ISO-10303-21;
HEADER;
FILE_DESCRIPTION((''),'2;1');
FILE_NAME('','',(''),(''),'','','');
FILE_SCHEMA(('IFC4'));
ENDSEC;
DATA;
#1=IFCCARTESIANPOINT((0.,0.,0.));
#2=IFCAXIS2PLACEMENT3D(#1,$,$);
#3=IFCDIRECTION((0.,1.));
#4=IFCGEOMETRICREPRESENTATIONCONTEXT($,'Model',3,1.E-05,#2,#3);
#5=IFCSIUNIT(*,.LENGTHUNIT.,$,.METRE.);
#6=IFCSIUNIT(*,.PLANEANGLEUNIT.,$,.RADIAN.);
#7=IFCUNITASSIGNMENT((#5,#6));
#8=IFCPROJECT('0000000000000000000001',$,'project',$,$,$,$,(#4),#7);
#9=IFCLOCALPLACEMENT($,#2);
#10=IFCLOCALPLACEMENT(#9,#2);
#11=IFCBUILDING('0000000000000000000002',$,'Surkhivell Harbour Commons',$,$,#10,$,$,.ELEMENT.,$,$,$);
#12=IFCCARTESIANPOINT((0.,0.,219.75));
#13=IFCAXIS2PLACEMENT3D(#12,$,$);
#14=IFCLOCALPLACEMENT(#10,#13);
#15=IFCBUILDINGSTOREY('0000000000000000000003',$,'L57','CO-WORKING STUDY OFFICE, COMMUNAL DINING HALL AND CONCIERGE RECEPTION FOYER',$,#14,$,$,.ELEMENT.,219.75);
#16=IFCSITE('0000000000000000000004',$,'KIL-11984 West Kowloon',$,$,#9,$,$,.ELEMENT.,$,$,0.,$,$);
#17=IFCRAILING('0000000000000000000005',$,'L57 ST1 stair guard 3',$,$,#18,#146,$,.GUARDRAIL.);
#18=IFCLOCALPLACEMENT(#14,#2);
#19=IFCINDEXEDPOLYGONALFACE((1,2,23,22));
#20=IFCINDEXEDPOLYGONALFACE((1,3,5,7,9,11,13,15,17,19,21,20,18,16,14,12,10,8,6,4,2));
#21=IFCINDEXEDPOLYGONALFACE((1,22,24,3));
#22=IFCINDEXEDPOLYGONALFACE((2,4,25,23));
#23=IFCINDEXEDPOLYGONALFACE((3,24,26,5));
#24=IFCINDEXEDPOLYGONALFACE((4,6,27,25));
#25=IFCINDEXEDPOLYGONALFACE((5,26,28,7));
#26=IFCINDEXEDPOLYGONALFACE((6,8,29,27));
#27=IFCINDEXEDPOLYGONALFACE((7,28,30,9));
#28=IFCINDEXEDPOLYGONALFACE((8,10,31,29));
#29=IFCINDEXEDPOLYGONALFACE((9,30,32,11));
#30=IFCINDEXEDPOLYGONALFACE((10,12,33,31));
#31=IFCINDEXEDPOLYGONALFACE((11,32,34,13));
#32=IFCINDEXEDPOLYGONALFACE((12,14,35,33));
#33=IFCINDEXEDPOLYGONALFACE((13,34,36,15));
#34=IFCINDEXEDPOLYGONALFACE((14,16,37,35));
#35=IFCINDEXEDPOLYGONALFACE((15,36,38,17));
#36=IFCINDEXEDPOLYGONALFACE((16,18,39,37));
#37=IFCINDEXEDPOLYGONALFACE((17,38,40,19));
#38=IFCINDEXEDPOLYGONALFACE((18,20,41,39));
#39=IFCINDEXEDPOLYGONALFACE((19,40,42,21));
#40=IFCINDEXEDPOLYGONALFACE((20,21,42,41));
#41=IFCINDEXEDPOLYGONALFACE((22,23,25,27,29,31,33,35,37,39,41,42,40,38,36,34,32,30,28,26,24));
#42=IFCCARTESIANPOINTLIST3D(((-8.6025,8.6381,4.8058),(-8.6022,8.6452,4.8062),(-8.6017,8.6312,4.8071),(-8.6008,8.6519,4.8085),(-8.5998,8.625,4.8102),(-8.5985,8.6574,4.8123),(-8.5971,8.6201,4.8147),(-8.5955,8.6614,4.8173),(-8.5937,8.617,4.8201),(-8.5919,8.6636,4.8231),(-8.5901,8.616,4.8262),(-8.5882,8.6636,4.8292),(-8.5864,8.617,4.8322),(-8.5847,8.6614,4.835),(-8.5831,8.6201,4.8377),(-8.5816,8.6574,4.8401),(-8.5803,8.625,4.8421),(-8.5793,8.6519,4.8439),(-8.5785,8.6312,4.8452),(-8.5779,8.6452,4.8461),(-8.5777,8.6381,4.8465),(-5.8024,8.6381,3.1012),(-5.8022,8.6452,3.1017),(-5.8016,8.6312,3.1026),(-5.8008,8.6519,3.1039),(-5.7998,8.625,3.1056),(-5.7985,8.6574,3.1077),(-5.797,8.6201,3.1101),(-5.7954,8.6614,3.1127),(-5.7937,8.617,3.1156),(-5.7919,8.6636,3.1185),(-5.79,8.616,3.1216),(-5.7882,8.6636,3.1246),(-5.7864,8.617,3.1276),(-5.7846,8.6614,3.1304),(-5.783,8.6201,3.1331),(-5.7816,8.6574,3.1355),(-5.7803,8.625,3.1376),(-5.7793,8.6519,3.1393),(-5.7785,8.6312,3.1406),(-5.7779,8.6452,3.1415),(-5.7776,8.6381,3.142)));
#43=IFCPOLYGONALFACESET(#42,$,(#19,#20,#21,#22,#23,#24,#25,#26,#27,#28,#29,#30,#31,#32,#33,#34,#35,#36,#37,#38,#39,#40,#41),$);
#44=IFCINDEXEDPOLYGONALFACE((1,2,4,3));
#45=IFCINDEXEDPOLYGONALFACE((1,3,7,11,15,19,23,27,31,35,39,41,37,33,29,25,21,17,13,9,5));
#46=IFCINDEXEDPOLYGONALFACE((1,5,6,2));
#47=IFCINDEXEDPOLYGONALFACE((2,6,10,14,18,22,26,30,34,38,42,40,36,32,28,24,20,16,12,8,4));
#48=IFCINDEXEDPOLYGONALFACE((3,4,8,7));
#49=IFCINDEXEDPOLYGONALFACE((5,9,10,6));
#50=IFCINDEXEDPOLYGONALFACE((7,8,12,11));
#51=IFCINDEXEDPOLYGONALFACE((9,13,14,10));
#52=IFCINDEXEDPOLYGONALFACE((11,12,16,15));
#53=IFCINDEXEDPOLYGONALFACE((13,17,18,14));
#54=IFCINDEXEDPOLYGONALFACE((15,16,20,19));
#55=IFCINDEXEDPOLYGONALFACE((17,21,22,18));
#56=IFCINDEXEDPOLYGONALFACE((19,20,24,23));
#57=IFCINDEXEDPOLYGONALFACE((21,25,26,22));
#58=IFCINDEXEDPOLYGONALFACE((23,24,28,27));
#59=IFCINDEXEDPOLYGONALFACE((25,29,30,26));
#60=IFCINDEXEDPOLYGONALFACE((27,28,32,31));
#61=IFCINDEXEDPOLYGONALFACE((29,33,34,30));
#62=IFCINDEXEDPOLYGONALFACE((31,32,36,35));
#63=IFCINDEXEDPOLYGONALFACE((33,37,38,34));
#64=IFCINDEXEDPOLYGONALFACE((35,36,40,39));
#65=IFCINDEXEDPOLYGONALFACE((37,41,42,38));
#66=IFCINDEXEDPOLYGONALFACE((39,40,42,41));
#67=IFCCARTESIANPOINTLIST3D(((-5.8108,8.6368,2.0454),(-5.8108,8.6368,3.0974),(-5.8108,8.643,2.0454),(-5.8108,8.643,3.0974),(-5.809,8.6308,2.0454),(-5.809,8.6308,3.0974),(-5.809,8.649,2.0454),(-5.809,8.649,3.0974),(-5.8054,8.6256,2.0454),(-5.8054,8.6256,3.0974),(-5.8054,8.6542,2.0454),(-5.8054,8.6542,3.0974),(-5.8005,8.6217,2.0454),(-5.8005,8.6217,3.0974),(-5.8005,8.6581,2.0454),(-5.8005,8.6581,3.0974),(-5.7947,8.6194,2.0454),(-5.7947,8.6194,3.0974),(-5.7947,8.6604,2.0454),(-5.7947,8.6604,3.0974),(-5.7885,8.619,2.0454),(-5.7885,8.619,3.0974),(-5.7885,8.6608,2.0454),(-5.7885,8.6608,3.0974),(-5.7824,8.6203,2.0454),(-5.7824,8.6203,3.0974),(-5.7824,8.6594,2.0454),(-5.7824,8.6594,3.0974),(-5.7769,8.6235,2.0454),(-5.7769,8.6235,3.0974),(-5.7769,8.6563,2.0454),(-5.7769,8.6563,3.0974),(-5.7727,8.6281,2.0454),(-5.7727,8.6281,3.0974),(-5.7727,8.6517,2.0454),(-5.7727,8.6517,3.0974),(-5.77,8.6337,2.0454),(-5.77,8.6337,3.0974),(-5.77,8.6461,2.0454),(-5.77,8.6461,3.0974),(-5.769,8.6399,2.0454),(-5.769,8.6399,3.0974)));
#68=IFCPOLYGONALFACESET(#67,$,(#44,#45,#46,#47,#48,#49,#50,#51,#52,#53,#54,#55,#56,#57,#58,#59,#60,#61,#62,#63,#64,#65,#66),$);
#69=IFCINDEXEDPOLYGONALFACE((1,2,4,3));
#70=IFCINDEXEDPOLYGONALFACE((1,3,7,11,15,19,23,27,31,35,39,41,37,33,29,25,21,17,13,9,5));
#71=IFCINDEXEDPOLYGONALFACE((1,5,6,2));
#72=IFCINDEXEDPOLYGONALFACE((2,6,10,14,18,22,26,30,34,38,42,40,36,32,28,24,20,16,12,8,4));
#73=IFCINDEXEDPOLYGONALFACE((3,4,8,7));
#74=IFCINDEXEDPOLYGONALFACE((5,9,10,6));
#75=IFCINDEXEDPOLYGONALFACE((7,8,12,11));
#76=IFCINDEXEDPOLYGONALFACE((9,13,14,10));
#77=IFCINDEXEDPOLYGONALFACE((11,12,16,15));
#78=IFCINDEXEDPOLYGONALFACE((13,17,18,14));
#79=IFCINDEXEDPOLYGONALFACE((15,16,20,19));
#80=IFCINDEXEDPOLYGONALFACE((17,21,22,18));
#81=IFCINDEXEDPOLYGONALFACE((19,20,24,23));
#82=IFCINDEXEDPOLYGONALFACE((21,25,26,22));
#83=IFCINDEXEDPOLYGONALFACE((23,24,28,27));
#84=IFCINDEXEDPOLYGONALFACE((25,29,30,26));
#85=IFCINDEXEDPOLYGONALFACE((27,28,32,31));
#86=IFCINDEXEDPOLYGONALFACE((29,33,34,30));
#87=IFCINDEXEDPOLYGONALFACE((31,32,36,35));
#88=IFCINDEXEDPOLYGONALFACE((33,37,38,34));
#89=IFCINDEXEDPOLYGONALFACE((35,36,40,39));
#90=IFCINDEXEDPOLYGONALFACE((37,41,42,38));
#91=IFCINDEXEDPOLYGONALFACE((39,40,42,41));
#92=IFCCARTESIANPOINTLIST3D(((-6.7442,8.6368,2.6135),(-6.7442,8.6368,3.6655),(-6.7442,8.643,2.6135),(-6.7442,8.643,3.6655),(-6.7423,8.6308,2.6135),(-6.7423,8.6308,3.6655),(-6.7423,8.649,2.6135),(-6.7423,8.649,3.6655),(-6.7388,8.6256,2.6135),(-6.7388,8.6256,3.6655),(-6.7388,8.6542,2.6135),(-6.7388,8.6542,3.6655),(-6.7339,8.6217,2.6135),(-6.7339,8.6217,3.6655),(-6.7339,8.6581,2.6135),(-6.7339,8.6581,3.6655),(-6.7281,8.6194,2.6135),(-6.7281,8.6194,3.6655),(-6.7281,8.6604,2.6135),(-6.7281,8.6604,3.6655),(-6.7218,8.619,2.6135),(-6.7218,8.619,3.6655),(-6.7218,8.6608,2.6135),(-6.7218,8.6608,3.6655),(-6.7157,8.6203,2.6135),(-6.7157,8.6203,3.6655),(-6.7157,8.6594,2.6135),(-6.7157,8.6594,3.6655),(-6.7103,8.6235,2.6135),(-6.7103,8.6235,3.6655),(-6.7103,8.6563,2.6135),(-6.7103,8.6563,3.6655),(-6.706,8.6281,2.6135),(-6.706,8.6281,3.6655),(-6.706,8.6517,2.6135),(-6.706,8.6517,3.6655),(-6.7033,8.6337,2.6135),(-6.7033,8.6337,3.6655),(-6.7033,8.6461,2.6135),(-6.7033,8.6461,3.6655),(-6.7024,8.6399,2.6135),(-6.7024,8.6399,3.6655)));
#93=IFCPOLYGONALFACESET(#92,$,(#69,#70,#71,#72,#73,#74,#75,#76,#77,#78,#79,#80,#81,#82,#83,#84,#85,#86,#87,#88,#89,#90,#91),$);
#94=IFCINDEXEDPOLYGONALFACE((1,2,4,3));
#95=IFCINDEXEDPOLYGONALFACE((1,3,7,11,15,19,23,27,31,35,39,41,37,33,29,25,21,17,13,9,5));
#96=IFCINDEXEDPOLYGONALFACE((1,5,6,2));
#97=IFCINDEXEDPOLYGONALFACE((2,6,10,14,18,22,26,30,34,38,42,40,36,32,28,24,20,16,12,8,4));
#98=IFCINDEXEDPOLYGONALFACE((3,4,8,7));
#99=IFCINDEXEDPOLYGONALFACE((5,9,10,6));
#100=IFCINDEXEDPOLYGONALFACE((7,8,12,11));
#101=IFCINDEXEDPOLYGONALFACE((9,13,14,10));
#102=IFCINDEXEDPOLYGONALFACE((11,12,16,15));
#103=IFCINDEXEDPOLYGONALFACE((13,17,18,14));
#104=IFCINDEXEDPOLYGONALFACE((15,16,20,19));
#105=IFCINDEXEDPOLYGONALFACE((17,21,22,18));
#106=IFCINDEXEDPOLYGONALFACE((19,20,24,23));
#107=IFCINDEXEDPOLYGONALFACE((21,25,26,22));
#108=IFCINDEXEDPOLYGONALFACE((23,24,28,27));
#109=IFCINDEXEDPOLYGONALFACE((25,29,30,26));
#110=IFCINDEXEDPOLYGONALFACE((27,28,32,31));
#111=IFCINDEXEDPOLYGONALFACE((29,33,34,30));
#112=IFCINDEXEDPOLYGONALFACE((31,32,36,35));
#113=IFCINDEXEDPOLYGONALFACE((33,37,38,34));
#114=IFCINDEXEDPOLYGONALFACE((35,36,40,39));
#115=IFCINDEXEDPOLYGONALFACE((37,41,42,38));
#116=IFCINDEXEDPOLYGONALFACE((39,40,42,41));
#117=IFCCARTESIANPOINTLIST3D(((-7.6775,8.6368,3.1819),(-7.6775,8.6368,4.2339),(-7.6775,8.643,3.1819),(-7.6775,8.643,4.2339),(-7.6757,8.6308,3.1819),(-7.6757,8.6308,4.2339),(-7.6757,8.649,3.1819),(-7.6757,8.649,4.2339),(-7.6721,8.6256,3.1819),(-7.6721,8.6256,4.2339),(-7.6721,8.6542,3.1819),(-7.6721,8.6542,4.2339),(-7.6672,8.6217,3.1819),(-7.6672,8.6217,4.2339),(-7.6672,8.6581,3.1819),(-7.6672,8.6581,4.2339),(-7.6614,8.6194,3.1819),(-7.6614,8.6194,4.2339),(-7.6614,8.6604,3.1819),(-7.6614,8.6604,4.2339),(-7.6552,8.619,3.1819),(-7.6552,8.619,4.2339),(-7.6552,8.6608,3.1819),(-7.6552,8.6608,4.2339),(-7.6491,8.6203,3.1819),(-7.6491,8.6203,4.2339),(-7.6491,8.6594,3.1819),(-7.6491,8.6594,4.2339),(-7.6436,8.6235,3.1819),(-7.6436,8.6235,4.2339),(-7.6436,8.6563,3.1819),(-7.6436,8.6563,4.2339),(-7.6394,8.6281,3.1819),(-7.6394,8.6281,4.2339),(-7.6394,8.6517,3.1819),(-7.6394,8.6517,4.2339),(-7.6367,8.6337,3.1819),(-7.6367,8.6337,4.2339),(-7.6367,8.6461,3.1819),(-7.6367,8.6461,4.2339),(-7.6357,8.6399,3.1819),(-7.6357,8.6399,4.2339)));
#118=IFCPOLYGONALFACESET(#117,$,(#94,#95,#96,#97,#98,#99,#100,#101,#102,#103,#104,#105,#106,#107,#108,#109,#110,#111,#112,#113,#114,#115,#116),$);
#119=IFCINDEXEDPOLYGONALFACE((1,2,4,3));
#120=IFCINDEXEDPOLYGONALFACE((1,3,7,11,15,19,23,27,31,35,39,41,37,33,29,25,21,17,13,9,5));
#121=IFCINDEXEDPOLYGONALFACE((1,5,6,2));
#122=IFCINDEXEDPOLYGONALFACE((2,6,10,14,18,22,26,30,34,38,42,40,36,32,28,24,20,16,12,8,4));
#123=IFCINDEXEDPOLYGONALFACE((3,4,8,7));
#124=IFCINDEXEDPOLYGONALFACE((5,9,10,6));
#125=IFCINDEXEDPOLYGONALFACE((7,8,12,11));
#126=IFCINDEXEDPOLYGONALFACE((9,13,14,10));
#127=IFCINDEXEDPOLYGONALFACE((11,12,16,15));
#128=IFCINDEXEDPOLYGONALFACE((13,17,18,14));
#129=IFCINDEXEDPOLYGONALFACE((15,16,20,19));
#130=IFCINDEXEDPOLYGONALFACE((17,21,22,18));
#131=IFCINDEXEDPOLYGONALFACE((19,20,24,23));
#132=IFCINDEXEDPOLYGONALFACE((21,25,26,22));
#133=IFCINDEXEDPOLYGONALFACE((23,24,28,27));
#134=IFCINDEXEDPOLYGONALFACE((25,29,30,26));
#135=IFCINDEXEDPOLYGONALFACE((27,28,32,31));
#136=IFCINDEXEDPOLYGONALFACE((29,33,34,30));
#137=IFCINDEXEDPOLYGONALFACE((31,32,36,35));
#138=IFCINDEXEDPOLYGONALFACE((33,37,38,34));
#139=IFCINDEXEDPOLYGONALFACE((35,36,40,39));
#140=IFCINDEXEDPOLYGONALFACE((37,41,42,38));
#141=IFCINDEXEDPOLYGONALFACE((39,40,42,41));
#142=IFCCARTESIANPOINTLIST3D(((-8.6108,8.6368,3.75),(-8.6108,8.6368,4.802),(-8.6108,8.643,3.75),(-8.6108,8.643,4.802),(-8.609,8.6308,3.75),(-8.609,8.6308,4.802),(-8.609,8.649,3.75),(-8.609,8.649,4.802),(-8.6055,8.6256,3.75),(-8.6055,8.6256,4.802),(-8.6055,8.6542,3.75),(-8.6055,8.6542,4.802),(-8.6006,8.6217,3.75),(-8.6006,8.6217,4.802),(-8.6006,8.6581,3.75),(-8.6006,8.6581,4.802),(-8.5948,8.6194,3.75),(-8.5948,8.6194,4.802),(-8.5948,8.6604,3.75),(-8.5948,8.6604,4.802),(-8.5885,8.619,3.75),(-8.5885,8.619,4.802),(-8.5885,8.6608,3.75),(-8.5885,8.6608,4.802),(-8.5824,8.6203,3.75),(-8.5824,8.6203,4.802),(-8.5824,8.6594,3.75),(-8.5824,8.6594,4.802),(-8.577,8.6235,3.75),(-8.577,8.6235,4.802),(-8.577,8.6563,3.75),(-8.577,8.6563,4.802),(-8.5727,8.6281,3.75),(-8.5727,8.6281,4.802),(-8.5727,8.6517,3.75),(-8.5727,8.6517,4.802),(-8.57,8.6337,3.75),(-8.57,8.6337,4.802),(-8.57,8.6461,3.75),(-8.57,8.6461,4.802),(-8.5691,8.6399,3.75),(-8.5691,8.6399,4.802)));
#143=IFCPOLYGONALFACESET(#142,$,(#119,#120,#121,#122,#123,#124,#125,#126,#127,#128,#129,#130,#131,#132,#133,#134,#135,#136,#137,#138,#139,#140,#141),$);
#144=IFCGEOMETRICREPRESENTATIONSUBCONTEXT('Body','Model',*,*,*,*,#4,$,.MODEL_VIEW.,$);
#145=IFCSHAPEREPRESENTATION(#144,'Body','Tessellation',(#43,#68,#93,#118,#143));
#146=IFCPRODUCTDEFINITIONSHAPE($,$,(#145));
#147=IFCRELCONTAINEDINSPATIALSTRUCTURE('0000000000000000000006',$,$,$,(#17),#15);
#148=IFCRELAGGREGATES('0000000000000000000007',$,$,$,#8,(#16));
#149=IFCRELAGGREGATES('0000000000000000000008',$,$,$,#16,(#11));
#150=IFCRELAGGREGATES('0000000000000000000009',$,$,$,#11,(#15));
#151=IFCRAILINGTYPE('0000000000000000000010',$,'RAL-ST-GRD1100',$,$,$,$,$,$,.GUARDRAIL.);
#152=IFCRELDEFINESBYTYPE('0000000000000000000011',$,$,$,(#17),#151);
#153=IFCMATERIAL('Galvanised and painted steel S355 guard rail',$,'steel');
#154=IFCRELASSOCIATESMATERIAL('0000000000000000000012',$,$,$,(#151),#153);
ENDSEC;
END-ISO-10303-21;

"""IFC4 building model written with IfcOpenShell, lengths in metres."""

from ifc_helpers import new_model, si_unit, direction, frame, origin, origin_2d, place, context, subcontext, project, spatial, circle, extrude, material, type_object, element, save


model = new_model("IFC4")

# Units and contexts
model_context = context("Model", 3, precision=1e-05, world=origin(), true_north=direction((0.0, 1.0)))
body_context = subcontext(model_context, "Body", "Model", "MODEL_VIEW")
ifc_project = project(units=[si_unit("LENGTHUNIT", "METRE"), si_unit("PLANEANGLEUNIT", "RADIAN")], contexts=[model_context])

# Site, building, storey
site_placement = place(None, origin())
site = spatial("IfcSite", under=ifc_project, at=site_placement, Name="KIL-11984 West Kowloon", CompositionType="ELEMENT", RefElevation=0.0)
building_placement = place(site_placement, origin())
building = spatial("IfcBuilding", under=site, at=building_placement, Name="Surkhivell Harbour Commons", CompositionType="ELEMENT")
storey_placement = place(building_placement, frame((0.0, 0.0, 219.75)))
storey = spatial("IfcBuildingStorey", under=building, at=storey_placement, Name="L57", Description="CO-WORKING STUDY OFFICE, COMMUNAL DINING HALL AND CONCIERGE RECEPTION FOYER", CompositionType="ELEMENT", Elevation=219.75)

# Railing
ifc_material_1 = material(Name="Galvanised and painted steel S355 guard rail", Category="steel")
railing_type_1 = type_object("IfcRailingType", Name="RAL-ST-GRD1100", PredefinedType="GUARDRAIL", material=ifc_material_1)
railing_1_placement = place(storey_placement, frame((-5.79, 8.6399, 2.0454)))
element("IfcRailing", 1, at=railing_1_placement, inside=storey, type_object=railing_type_1, Name="L57 ST1 stair guard 3", PredefinedType="GUARDRAIL", context=body_context, shape_type="SweptSolid", body=[
    extrude(circle(Radius=0.0239, at=origin_2d()), frame((0.0, 0.0, 1.0762), z_axis=(-0.85417, 0.0, 0.519994), x_axis=(0.0, -1.0, 0.0)), (0.0, 0.0, 1.0), 3.2781),
    extrude(circle(Radius=0.021, at=origin_2d()), origin(), (0.0, 0.0, 1.0), 1.052),
    extrude(circle(Radius=0.021, at=origin_2d()), frame((-0.9333, 0.0, 0.5681)), (0.0, 0.0, 1.0), 1.052),
    extrude(circle(Radius=0.021, at=origin_2d()), frame((-1.8667, 0.0, 1.1365)), (0.0, 0.0, 1.0), 1.052),
    extrude(circle(Radius=0.021, at=origin_2d()), frame((-2.8, 0.0, 1.7046)), (0.0, 0.0, 1.0), 1.052),
])

save(model, "model.ifc")
